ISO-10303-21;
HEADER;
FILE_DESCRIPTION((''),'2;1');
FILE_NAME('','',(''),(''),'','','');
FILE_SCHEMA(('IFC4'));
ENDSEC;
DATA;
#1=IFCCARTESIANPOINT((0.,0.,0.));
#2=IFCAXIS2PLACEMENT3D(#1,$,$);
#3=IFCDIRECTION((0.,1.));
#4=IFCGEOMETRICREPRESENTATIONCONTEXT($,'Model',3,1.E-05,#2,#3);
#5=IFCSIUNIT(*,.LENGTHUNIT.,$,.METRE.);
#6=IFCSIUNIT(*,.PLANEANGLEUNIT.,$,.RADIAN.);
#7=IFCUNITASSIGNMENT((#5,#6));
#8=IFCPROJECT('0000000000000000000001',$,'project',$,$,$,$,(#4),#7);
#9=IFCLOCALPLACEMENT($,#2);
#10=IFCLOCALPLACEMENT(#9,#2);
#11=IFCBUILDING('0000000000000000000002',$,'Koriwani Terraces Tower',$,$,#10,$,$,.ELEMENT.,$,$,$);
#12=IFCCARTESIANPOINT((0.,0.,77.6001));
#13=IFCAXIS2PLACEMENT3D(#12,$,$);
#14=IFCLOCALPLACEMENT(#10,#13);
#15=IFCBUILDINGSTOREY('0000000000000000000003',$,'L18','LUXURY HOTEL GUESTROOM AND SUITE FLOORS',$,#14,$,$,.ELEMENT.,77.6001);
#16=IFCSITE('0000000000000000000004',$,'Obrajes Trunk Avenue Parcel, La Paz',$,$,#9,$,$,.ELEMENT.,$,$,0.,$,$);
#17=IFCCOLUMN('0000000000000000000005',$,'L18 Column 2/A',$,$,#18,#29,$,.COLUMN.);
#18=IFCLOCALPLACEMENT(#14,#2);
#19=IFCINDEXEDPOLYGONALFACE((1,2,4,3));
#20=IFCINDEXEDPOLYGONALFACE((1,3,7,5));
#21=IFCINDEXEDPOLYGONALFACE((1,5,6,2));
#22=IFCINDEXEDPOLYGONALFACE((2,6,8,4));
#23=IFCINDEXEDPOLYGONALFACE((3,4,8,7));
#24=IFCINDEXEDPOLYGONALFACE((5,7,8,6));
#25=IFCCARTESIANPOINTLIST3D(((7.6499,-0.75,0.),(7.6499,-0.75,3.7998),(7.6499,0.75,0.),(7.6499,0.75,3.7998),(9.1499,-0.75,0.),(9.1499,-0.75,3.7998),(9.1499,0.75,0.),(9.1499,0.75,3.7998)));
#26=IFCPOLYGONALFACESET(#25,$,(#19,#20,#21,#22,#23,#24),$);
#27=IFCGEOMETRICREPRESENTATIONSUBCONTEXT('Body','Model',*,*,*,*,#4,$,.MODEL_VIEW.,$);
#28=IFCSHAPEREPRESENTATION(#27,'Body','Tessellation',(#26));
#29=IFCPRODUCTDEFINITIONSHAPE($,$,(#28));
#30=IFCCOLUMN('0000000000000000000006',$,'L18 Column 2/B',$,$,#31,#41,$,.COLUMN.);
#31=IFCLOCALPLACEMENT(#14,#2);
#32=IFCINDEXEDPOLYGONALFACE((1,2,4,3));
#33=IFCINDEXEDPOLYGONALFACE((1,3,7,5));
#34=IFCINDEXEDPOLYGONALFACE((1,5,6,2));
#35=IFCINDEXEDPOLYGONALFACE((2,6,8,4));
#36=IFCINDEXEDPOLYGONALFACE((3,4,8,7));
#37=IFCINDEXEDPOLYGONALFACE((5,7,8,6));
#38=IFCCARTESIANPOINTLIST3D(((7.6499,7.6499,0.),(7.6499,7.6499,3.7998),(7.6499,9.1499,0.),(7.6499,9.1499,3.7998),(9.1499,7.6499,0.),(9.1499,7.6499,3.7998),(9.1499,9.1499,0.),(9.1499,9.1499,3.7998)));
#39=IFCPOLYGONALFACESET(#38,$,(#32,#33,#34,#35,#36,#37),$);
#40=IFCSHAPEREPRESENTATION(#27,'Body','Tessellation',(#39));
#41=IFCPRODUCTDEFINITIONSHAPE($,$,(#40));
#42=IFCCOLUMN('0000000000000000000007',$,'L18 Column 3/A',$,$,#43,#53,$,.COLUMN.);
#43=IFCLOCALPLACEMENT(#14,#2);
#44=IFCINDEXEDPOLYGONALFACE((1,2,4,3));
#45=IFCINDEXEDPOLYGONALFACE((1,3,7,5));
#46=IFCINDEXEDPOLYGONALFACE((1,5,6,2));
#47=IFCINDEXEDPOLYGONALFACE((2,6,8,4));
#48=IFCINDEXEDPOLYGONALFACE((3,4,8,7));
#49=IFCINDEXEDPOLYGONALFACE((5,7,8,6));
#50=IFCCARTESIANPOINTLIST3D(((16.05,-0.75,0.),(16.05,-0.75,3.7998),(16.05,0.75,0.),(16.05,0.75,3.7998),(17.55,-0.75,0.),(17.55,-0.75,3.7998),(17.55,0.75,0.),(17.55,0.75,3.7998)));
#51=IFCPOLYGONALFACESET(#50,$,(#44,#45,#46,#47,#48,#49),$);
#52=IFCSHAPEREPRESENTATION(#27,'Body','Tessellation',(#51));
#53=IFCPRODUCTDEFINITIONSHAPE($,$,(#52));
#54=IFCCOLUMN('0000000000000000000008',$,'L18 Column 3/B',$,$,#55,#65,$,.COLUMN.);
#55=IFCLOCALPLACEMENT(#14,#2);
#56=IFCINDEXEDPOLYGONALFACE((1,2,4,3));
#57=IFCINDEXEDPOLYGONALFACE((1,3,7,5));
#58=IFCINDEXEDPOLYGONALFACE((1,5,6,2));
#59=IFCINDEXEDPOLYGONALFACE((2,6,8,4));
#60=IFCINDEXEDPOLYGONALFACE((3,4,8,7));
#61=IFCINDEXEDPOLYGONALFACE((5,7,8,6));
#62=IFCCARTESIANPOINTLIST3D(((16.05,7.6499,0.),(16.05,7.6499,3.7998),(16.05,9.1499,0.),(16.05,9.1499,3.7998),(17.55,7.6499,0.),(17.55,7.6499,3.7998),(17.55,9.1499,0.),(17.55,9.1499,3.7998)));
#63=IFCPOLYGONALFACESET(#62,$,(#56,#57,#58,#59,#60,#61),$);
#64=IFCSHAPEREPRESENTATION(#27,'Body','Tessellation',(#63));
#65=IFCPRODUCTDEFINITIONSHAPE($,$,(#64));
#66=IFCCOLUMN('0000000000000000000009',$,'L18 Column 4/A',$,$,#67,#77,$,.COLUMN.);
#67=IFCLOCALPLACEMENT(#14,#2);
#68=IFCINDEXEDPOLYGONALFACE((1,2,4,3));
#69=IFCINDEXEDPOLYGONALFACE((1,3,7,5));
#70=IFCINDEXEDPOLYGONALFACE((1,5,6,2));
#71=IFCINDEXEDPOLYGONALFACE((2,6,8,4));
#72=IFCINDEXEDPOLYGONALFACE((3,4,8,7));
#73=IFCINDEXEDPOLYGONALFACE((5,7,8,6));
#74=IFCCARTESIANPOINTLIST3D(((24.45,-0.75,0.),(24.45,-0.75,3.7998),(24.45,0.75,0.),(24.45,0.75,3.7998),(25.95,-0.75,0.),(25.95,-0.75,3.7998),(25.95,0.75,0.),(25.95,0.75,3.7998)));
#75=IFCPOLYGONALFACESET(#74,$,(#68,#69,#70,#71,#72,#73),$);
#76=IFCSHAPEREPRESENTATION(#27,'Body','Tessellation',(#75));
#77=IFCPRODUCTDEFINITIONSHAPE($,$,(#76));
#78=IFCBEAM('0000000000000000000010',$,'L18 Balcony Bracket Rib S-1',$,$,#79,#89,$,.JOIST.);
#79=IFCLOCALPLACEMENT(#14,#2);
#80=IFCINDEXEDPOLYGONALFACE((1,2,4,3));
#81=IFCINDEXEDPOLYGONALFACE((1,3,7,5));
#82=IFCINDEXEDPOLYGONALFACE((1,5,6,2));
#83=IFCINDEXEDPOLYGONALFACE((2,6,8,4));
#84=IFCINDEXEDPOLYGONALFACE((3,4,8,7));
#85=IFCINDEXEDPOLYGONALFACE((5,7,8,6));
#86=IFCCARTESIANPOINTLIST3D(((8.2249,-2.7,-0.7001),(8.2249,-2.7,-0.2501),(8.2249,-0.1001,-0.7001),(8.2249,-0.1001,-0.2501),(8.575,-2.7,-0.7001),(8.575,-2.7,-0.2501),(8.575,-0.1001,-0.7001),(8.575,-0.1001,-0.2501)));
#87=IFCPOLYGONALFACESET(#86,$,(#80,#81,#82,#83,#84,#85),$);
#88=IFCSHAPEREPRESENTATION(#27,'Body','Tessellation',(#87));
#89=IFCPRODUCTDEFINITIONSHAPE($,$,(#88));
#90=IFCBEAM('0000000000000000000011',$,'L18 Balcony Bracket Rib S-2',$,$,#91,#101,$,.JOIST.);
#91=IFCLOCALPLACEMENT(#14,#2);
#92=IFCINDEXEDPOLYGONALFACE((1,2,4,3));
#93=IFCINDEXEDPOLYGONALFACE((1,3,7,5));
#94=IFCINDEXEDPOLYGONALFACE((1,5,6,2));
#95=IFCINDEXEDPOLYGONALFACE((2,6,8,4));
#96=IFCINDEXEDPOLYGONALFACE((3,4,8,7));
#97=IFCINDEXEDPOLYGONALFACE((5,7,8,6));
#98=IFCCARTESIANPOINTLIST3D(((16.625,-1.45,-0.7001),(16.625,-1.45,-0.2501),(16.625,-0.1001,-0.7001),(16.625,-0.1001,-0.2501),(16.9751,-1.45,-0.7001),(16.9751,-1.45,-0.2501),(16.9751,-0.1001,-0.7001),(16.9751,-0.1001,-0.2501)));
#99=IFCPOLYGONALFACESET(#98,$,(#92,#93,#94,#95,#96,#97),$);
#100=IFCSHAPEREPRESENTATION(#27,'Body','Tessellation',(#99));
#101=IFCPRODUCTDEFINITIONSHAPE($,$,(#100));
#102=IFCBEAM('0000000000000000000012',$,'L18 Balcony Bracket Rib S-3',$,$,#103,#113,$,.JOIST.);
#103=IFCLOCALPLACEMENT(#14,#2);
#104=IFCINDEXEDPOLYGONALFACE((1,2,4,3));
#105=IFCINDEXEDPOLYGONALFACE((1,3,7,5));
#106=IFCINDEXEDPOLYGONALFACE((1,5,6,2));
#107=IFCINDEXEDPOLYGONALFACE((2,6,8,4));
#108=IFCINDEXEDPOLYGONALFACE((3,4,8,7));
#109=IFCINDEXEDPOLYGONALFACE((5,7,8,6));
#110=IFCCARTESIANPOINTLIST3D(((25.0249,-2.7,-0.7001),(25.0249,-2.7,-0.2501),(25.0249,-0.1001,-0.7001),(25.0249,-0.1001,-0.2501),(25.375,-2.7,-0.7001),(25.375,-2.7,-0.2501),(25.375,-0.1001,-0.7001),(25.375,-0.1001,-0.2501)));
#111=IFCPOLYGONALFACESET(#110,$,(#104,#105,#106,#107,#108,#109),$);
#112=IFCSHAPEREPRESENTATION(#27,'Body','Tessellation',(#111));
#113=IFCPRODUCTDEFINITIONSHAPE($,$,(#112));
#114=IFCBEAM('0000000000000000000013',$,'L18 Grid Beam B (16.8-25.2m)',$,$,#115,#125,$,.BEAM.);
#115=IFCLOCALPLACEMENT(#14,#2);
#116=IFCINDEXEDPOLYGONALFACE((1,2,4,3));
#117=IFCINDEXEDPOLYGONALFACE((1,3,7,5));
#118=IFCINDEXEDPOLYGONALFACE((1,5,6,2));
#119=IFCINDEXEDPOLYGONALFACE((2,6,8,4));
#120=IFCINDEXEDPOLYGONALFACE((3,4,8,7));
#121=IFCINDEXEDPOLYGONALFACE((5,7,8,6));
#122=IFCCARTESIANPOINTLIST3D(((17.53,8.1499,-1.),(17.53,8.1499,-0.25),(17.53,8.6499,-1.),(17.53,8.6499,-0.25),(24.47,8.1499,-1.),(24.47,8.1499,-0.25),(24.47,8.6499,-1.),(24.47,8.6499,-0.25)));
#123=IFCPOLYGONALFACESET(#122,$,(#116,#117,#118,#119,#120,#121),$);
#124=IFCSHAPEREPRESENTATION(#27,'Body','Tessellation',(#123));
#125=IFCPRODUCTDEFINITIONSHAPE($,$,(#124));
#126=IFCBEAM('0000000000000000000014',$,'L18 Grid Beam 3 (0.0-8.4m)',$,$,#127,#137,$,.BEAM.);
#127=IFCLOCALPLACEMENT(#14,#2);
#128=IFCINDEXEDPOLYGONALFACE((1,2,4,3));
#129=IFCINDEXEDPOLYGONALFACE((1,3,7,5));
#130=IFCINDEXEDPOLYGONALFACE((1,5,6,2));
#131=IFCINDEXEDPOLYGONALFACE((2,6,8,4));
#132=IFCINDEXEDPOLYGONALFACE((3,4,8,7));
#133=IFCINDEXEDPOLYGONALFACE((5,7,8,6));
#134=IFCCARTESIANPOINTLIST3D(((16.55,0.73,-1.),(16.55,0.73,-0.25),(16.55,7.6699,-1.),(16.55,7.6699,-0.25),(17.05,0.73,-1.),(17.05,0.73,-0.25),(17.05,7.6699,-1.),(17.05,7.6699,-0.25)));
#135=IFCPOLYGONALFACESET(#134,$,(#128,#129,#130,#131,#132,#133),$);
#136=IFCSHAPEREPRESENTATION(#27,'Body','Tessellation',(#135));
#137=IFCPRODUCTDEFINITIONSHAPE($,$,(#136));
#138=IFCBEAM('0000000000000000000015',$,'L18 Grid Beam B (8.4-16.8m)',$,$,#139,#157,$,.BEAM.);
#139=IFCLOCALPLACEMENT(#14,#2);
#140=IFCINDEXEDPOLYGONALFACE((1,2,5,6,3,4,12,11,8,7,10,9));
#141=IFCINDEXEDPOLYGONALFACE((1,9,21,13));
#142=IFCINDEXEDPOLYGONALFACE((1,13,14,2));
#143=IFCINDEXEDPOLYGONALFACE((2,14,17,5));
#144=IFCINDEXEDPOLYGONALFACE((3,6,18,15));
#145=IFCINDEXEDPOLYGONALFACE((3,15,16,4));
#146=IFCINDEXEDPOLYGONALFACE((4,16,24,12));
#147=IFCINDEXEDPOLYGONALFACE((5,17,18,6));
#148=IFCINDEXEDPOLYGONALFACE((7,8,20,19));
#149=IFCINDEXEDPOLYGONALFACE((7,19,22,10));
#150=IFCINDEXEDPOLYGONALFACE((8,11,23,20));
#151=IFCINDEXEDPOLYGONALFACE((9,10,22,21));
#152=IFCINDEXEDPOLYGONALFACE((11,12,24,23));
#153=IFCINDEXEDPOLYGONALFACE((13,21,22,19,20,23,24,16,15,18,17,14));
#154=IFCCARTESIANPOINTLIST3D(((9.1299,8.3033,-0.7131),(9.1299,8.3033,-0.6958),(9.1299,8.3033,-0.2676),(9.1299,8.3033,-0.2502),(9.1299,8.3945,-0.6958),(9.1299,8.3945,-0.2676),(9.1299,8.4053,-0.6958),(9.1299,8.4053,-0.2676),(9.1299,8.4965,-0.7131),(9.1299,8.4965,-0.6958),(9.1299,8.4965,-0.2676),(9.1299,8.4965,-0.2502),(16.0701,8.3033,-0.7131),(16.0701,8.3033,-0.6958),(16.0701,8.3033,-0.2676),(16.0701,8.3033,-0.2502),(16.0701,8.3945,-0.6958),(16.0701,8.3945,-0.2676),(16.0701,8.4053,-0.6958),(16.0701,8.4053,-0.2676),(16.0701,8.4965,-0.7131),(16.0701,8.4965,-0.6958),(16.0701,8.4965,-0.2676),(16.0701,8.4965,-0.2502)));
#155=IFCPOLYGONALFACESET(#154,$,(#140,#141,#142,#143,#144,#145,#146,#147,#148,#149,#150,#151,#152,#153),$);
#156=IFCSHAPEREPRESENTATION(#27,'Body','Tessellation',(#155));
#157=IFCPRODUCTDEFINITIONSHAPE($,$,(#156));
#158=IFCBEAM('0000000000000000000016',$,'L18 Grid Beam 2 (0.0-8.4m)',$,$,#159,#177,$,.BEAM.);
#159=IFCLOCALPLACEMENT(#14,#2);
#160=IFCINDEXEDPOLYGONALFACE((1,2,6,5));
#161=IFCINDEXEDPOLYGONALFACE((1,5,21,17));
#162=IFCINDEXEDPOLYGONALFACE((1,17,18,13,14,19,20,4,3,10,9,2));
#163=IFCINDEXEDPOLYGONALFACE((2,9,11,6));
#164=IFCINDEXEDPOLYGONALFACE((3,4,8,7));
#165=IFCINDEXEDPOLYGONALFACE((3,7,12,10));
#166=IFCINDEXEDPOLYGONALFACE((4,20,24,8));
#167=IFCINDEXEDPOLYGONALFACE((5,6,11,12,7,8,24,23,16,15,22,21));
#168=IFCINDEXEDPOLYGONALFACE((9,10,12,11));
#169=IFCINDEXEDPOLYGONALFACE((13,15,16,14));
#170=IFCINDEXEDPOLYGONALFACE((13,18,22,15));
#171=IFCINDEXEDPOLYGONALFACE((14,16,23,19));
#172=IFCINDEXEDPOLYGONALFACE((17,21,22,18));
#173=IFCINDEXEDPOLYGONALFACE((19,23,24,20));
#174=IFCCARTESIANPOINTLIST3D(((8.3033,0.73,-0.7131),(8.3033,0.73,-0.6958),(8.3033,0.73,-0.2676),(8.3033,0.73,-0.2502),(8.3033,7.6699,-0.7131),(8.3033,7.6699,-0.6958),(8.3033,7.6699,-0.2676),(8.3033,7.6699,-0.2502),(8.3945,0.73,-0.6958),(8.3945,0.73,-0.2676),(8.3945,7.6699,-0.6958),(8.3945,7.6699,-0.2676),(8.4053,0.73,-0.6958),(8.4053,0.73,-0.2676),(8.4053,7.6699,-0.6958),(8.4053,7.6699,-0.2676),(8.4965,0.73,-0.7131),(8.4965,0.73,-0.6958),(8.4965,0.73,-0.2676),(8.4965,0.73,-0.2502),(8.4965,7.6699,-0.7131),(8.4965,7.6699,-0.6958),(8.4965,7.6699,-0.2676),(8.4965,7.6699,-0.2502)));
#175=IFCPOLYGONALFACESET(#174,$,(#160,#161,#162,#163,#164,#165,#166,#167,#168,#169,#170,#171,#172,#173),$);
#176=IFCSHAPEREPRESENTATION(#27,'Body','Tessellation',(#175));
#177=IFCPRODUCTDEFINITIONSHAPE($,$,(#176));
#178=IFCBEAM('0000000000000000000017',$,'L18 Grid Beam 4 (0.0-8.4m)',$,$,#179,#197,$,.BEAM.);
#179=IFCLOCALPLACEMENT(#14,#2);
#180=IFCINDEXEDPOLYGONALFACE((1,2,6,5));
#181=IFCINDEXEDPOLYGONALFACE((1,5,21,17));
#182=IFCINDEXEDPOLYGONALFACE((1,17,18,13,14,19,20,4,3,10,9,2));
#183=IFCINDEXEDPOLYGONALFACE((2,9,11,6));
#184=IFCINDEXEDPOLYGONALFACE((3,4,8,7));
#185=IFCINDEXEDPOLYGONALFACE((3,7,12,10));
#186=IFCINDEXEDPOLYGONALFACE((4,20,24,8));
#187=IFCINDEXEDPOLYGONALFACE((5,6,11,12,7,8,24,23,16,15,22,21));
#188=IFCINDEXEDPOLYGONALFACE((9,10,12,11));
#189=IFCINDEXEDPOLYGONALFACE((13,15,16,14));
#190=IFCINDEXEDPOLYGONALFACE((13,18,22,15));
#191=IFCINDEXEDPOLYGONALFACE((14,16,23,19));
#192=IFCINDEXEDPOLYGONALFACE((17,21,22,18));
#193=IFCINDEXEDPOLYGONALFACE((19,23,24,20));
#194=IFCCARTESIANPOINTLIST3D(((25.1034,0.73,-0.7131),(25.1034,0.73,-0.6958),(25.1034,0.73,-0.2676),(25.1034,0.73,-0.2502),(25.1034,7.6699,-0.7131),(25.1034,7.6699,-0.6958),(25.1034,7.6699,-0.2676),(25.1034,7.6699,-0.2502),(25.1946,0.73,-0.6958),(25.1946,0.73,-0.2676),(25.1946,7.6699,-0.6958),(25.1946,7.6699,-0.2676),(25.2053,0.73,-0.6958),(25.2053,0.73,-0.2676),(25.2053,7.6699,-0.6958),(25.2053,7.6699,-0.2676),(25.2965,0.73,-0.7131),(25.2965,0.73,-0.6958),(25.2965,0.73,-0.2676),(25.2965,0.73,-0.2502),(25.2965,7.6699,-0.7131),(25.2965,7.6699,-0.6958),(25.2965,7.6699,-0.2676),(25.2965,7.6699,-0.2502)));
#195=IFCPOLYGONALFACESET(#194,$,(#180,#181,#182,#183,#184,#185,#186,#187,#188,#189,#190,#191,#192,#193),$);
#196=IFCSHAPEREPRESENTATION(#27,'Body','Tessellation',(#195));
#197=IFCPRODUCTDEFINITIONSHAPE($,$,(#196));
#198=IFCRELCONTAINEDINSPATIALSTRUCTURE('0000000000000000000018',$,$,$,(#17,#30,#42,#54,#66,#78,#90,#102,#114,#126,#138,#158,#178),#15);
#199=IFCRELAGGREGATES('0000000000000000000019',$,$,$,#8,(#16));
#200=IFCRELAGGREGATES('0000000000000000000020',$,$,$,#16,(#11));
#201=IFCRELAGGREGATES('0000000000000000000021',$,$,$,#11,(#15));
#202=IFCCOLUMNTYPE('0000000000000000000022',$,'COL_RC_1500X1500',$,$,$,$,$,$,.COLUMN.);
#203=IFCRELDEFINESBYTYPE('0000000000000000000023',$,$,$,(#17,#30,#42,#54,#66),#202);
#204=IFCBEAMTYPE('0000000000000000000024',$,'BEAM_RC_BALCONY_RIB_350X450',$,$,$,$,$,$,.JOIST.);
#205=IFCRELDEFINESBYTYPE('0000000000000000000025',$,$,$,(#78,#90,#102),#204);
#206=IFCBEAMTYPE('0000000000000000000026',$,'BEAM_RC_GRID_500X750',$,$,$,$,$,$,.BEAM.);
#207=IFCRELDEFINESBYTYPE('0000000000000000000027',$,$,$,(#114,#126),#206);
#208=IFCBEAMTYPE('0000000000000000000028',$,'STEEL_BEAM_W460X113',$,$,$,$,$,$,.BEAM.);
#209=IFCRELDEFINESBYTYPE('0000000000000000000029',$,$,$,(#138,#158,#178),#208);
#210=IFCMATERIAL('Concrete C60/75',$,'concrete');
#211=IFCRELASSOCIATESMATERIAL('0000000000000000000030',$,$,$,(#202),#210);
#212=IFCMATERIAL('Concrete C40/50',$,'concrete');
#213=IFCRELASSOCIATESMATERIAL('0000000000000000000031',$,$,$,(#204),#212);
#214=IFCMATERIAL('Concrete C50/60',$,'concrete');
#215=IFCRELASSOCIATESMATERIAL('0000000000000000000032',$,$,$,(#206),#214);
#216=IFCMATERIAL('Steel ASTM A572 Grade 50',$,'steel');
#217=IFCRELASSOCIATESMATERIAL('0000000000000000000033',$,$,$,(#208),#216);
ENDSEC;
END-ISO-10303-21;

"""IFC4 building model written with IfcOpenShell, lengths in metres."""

from ifc_helpers import new_model, si_unit, direction, frame, origin, origin_2d, place, context, subcontext, project, spatial, rectangle, i_section, extrude, material, material_profile, profile_set, type_object, element, save


model = new_model("IFC4")

# Units and contexts
model_context = context("Model", 3, precision=1e-05, world=origin(), true_north=direction((0.0, 1.0)))
body_context = subcontext(model_context, "Body", "Model", "MODEL_VIEW")
ifc_project = project(units=[si_unit("LENGTHUNIT", "METRE"), si_unit("PLANEANGLEUNIT", "RADIAN")], contexts=[model_context])

# Site, building, storey
site_placement = place(None, origin())
site = spatial("IfcSite", under=ifc_project, at=site_placement, Name="Obrajes Trunk Avenue Parcel, La Paz", CompositionType="ELEMENT", RefElevation=0.0)
building_placement = place(site_placement, origin())
building = spatial("IfcBuilding", under=site, at=building_placement, Name="Koriwani Terraces Tower", CompositionType="ELEMENT")
storey_placement = place(building_placement, frame((0.0, 0.0, 77.6001)))
storey = spatial("IfcBuildingStorey", under=building, at=storey_placement, Name="L18", Description="LUXURY HOTEL GUESTROOM AND SUITE FLOORS", CompositionType="ELEMENT", Elevation=77.6001)

# Columns
ifc_material_1 = material(Name="Concrete C60/75", Category="concrete")
ifc_material_profile_1 = material_profile(ifc_material_1, rectangle(XDim=1.5, YDim=1.5, at=origin_2d()), Name="Concrete C60/75", Category="LoadBearing")
ifc_profile_set_1 = profile_set([ifc_material_profile_1], Name="Concrete C60/75")
column_type = type_object("IfcColumnType", Name="COL_RC_1500X1500", PredefinedType="COLUMN", material=ifc_profile_set_1)
for number, where, z_axis, x_axis, name in (
    (1, (8.3999, 0.0, 0.0), (0.0, 0.0, 1.0), (1.0, 0.0, 0.0), "L18 Column 2/A"),
    (2, (8.3999, 8.3999, 0.0), (0.0, 0.0, 1.0), (1.0, 0.0, 0.0), "L18 Column 2/B"),
    (3, (16.8, 0.0, 0.0), (0.0, 0.0, 1.0), (1.0, 0.0, 0.0), "L18 Column 3/A"),
    (4, (16.8, 8.3999, 0.0), (0.0, 0.0, 1.0), (1.0, 0.0, 0.0), "L18 Column 3/B"),
    (5, (25.2, 0.0, 0.0), (0.0, 0.0, 1.0), (1.0, 0.0, 0.0), "L18 Column 4/A"),
):
    element("IfcColumn", number, at=place(storey_placement, frame(where, z_axis=z_axis, x_axis=x_axis)), inside=storey, type_object=column_type, Name=name, PredefinedType="COLUMN", context=body_context, shape_type="SweptSolid", body=[
        extrude(rectangle(XDim=1.5, YDim=1.5, at=origin_2d()), origin(), (0.0, 0.0, 1.0), 3.7998),
    ])

# Beams
ifc_material_2 = material(Name="Concrete C40/50", Category="concrete")
ifc_material_profile_2 = material_profile(ifc_material_2, rectangle(XDim=0.3501, YDim=0.45, at=origin_2d()), Name="Concrete C40/50", Category="LoadBearing")
ifc_profile_set_2 = profile_set([ifc_material_profile_2], Name="Concrete C40/50")
beam_type_1 = type_object("IfcBeamType", Name="BEAM_RC_BALCONY_RIB_350X450", PredefinedType="JOIST", material=ifc_profile_set_2)
beam_1_placement = place(storey_placement, frame((8.3999, -2.7, -0.4751), z_axis=(0.0, 1.0, 0.0), x_axis=(-1.0, 0.0, 0.0)))
element("IfcBeam", 6, at=beam_1_placement, inside=storey, type_object=beam_type_1, Name="L18 Balcony Bracket Rib S-1", PredefinedType="JOIST", context=body_context, shape_type="SweptSolid", body=[
    extrude(rectangle(XDim=0.3501, YDim=0.45, at=origin_2d()), origin(), (0.0, 0.0, 1.0), 2.5999),
])
beam_2_placement = place(storey_placement, frame((16.8, -1.45, -0.4751), z_axis=(0.0, 1.0, 0.0), x_axis=(-1.0, 0.0, 0.0)))
element("IfcBeam", 7, at=beam_2_placement, inside=storey, type_object=beam_type_1, Name="L18 Balcony Bracket Rib S-2", PredefinedType="JOIST", context=body_context, shape_type="SweptSolid", body=[
    extrude(rectangle(XDim=0.3501, YDim=0.45, at=origin_2d()), origin(), (0.0, 0.0, 1.0), 1.3499),
])
beam_3_placement = place(storey_placement, frame((25.2, -2.7, -0.4751), z_axis=(0.0, 1.0, 0.0), x_axis=(-1.0, 0.0, 0.0)))
element("IfcBeam", 8, at=beam_3_placement, inside=storey, type_object=beam_type_1, Name="L18 Balcony Bracket Rib S-3", PredefinedType="JOIST", context=body_context, shape_type="SweptSolid", body=[
    extrude(rectangle(XDim=0.3501, YDim=0.45, at=origin_2d()), origin(), (0.0, 0.0, 1.0), 2.5999),
])
ifc_material_3 = material(Name="Concrete C50/60", Category="concrete")
ifc_material_profile_3 = material_profile(ifc_material_3, rectangle(XDim=0.5, YDim=0.75, at=origin_2d()), Name="Concrete C50/60", Category="LoadBearing")
ifc_profile_set_3 = profile_set([ifc_material_profile_3], Name="Concrete C50/60")
beam_type_2 = type_object("IfcBeamType", Name="BEAM_RC_GRID_500X750", PredefinedType="BEAM", material=ifc_profile_set_3)
for number, where, z_axis, x_axis, name in (
    (9, (17.53, 8.3999, -0.625), (1.0, 0.0, 0.0), (0.0, 1.0, 0.0), "L18 Grid Beam B (16.8-25.2m)"),
    (10, (16.8, 0.73, -0.625), (0.0, 1.0, 0.0), (-1.0, 0.0, 0.0), "L18 Grid Beam 3 (0.0-8.4m)"),
):
    element("IfcBeam", number, at=place(storey_placement, frame(where, z_axis=z_axis, x_axis=x_axis)), inside=storey, type_object=beam_type_2, Name=name, PredefinedType="BEAM", context=body_context, shape_type="SweptSolid", body=[
        extrude(rectangle(XDim=0.5, YDim=0.75, at=origin_2d()), origin(), (0.0, 0.0, 1.0), 6.9399),
    ])
ifc_material_4 = material(Name="Steel ASTM A572 Grade 50", Category="steel")
ifc_material_profile_4 = material_profile(ifc_material_4, i_section(OverallWidth=0.1931, OverallDepth=0.4629, WebThickness=0.0107, FlangeThickness=0.0173, at=origin_2d()), Name="Steel ASTM A572 Grade 50", Category="LoadBearing")
ifc_profile_set_4 = profile_set([ifc_material_profile_4], Name="Steel ASTM A572 Grade 50")
beam_type_3 = type_object("IfcBeamType", Name="STEEL_BEAM_W460X113", PredefinedType="BEAM", material=ifc_profile_set_4)
beam_4_placement = place(storey_placement, frame((9.1299, 8.3999, -0.4817), z_axis=(1.0, 0.0, 0.0), x_axis=(0.0, 1.0, 0.0)))
element("IfcBeam", 11, at=beam_4_placement, inside=storey, type_object=beam_type_3, Name="L18 Grid Beam B (8.4-16.8m)", PredefinedType="BEAM", context=body_context, shape_type="SweptSolid", body=[
    extrude(i_section(OverallWidth=0.1931, OverallDepth=0.4629, WebThickness=0.0107, FlangeThickness=0.0173, at=origin_2d()), origin(), (0.0, 0.0, 1.0), 6.9402),
])
for number, where, z_axis, x_axis, name in (
    (12, (8.3999, 0.73, -0.4817), (0.0, 1.0, 0.0), (-1.0, 0.0, 0.0), "L18 Grid Beam 2 (0.0-8.4m)"),
    (13, (25.2, 0.73, -0.4817), (0.0, 1.0, 0.0), (-1.0, 0.0, 0.0), "L18 Grid Beam 4 (0.0-8.4m)"),
):
    element("IfcBeam", number, at=place(storey_placement, frame(where, z_axis=z_axis, x_axis=x_axis)), inside=storey, type_object=beam_type_3, Name=name, PredefinedType="BEAM", context=body_context, shape_type="SweptSolid", body=[
        extrude(i_section(OverallWidth=0.1931, OverallDepth=0.4629, WebThickness=0.0107, FlangeThickness=0.0173, at=origin_2d()), origin(), (0.0, 0.0, 1.0), 6.9399),
    ])

save(model, "model.ifc")
